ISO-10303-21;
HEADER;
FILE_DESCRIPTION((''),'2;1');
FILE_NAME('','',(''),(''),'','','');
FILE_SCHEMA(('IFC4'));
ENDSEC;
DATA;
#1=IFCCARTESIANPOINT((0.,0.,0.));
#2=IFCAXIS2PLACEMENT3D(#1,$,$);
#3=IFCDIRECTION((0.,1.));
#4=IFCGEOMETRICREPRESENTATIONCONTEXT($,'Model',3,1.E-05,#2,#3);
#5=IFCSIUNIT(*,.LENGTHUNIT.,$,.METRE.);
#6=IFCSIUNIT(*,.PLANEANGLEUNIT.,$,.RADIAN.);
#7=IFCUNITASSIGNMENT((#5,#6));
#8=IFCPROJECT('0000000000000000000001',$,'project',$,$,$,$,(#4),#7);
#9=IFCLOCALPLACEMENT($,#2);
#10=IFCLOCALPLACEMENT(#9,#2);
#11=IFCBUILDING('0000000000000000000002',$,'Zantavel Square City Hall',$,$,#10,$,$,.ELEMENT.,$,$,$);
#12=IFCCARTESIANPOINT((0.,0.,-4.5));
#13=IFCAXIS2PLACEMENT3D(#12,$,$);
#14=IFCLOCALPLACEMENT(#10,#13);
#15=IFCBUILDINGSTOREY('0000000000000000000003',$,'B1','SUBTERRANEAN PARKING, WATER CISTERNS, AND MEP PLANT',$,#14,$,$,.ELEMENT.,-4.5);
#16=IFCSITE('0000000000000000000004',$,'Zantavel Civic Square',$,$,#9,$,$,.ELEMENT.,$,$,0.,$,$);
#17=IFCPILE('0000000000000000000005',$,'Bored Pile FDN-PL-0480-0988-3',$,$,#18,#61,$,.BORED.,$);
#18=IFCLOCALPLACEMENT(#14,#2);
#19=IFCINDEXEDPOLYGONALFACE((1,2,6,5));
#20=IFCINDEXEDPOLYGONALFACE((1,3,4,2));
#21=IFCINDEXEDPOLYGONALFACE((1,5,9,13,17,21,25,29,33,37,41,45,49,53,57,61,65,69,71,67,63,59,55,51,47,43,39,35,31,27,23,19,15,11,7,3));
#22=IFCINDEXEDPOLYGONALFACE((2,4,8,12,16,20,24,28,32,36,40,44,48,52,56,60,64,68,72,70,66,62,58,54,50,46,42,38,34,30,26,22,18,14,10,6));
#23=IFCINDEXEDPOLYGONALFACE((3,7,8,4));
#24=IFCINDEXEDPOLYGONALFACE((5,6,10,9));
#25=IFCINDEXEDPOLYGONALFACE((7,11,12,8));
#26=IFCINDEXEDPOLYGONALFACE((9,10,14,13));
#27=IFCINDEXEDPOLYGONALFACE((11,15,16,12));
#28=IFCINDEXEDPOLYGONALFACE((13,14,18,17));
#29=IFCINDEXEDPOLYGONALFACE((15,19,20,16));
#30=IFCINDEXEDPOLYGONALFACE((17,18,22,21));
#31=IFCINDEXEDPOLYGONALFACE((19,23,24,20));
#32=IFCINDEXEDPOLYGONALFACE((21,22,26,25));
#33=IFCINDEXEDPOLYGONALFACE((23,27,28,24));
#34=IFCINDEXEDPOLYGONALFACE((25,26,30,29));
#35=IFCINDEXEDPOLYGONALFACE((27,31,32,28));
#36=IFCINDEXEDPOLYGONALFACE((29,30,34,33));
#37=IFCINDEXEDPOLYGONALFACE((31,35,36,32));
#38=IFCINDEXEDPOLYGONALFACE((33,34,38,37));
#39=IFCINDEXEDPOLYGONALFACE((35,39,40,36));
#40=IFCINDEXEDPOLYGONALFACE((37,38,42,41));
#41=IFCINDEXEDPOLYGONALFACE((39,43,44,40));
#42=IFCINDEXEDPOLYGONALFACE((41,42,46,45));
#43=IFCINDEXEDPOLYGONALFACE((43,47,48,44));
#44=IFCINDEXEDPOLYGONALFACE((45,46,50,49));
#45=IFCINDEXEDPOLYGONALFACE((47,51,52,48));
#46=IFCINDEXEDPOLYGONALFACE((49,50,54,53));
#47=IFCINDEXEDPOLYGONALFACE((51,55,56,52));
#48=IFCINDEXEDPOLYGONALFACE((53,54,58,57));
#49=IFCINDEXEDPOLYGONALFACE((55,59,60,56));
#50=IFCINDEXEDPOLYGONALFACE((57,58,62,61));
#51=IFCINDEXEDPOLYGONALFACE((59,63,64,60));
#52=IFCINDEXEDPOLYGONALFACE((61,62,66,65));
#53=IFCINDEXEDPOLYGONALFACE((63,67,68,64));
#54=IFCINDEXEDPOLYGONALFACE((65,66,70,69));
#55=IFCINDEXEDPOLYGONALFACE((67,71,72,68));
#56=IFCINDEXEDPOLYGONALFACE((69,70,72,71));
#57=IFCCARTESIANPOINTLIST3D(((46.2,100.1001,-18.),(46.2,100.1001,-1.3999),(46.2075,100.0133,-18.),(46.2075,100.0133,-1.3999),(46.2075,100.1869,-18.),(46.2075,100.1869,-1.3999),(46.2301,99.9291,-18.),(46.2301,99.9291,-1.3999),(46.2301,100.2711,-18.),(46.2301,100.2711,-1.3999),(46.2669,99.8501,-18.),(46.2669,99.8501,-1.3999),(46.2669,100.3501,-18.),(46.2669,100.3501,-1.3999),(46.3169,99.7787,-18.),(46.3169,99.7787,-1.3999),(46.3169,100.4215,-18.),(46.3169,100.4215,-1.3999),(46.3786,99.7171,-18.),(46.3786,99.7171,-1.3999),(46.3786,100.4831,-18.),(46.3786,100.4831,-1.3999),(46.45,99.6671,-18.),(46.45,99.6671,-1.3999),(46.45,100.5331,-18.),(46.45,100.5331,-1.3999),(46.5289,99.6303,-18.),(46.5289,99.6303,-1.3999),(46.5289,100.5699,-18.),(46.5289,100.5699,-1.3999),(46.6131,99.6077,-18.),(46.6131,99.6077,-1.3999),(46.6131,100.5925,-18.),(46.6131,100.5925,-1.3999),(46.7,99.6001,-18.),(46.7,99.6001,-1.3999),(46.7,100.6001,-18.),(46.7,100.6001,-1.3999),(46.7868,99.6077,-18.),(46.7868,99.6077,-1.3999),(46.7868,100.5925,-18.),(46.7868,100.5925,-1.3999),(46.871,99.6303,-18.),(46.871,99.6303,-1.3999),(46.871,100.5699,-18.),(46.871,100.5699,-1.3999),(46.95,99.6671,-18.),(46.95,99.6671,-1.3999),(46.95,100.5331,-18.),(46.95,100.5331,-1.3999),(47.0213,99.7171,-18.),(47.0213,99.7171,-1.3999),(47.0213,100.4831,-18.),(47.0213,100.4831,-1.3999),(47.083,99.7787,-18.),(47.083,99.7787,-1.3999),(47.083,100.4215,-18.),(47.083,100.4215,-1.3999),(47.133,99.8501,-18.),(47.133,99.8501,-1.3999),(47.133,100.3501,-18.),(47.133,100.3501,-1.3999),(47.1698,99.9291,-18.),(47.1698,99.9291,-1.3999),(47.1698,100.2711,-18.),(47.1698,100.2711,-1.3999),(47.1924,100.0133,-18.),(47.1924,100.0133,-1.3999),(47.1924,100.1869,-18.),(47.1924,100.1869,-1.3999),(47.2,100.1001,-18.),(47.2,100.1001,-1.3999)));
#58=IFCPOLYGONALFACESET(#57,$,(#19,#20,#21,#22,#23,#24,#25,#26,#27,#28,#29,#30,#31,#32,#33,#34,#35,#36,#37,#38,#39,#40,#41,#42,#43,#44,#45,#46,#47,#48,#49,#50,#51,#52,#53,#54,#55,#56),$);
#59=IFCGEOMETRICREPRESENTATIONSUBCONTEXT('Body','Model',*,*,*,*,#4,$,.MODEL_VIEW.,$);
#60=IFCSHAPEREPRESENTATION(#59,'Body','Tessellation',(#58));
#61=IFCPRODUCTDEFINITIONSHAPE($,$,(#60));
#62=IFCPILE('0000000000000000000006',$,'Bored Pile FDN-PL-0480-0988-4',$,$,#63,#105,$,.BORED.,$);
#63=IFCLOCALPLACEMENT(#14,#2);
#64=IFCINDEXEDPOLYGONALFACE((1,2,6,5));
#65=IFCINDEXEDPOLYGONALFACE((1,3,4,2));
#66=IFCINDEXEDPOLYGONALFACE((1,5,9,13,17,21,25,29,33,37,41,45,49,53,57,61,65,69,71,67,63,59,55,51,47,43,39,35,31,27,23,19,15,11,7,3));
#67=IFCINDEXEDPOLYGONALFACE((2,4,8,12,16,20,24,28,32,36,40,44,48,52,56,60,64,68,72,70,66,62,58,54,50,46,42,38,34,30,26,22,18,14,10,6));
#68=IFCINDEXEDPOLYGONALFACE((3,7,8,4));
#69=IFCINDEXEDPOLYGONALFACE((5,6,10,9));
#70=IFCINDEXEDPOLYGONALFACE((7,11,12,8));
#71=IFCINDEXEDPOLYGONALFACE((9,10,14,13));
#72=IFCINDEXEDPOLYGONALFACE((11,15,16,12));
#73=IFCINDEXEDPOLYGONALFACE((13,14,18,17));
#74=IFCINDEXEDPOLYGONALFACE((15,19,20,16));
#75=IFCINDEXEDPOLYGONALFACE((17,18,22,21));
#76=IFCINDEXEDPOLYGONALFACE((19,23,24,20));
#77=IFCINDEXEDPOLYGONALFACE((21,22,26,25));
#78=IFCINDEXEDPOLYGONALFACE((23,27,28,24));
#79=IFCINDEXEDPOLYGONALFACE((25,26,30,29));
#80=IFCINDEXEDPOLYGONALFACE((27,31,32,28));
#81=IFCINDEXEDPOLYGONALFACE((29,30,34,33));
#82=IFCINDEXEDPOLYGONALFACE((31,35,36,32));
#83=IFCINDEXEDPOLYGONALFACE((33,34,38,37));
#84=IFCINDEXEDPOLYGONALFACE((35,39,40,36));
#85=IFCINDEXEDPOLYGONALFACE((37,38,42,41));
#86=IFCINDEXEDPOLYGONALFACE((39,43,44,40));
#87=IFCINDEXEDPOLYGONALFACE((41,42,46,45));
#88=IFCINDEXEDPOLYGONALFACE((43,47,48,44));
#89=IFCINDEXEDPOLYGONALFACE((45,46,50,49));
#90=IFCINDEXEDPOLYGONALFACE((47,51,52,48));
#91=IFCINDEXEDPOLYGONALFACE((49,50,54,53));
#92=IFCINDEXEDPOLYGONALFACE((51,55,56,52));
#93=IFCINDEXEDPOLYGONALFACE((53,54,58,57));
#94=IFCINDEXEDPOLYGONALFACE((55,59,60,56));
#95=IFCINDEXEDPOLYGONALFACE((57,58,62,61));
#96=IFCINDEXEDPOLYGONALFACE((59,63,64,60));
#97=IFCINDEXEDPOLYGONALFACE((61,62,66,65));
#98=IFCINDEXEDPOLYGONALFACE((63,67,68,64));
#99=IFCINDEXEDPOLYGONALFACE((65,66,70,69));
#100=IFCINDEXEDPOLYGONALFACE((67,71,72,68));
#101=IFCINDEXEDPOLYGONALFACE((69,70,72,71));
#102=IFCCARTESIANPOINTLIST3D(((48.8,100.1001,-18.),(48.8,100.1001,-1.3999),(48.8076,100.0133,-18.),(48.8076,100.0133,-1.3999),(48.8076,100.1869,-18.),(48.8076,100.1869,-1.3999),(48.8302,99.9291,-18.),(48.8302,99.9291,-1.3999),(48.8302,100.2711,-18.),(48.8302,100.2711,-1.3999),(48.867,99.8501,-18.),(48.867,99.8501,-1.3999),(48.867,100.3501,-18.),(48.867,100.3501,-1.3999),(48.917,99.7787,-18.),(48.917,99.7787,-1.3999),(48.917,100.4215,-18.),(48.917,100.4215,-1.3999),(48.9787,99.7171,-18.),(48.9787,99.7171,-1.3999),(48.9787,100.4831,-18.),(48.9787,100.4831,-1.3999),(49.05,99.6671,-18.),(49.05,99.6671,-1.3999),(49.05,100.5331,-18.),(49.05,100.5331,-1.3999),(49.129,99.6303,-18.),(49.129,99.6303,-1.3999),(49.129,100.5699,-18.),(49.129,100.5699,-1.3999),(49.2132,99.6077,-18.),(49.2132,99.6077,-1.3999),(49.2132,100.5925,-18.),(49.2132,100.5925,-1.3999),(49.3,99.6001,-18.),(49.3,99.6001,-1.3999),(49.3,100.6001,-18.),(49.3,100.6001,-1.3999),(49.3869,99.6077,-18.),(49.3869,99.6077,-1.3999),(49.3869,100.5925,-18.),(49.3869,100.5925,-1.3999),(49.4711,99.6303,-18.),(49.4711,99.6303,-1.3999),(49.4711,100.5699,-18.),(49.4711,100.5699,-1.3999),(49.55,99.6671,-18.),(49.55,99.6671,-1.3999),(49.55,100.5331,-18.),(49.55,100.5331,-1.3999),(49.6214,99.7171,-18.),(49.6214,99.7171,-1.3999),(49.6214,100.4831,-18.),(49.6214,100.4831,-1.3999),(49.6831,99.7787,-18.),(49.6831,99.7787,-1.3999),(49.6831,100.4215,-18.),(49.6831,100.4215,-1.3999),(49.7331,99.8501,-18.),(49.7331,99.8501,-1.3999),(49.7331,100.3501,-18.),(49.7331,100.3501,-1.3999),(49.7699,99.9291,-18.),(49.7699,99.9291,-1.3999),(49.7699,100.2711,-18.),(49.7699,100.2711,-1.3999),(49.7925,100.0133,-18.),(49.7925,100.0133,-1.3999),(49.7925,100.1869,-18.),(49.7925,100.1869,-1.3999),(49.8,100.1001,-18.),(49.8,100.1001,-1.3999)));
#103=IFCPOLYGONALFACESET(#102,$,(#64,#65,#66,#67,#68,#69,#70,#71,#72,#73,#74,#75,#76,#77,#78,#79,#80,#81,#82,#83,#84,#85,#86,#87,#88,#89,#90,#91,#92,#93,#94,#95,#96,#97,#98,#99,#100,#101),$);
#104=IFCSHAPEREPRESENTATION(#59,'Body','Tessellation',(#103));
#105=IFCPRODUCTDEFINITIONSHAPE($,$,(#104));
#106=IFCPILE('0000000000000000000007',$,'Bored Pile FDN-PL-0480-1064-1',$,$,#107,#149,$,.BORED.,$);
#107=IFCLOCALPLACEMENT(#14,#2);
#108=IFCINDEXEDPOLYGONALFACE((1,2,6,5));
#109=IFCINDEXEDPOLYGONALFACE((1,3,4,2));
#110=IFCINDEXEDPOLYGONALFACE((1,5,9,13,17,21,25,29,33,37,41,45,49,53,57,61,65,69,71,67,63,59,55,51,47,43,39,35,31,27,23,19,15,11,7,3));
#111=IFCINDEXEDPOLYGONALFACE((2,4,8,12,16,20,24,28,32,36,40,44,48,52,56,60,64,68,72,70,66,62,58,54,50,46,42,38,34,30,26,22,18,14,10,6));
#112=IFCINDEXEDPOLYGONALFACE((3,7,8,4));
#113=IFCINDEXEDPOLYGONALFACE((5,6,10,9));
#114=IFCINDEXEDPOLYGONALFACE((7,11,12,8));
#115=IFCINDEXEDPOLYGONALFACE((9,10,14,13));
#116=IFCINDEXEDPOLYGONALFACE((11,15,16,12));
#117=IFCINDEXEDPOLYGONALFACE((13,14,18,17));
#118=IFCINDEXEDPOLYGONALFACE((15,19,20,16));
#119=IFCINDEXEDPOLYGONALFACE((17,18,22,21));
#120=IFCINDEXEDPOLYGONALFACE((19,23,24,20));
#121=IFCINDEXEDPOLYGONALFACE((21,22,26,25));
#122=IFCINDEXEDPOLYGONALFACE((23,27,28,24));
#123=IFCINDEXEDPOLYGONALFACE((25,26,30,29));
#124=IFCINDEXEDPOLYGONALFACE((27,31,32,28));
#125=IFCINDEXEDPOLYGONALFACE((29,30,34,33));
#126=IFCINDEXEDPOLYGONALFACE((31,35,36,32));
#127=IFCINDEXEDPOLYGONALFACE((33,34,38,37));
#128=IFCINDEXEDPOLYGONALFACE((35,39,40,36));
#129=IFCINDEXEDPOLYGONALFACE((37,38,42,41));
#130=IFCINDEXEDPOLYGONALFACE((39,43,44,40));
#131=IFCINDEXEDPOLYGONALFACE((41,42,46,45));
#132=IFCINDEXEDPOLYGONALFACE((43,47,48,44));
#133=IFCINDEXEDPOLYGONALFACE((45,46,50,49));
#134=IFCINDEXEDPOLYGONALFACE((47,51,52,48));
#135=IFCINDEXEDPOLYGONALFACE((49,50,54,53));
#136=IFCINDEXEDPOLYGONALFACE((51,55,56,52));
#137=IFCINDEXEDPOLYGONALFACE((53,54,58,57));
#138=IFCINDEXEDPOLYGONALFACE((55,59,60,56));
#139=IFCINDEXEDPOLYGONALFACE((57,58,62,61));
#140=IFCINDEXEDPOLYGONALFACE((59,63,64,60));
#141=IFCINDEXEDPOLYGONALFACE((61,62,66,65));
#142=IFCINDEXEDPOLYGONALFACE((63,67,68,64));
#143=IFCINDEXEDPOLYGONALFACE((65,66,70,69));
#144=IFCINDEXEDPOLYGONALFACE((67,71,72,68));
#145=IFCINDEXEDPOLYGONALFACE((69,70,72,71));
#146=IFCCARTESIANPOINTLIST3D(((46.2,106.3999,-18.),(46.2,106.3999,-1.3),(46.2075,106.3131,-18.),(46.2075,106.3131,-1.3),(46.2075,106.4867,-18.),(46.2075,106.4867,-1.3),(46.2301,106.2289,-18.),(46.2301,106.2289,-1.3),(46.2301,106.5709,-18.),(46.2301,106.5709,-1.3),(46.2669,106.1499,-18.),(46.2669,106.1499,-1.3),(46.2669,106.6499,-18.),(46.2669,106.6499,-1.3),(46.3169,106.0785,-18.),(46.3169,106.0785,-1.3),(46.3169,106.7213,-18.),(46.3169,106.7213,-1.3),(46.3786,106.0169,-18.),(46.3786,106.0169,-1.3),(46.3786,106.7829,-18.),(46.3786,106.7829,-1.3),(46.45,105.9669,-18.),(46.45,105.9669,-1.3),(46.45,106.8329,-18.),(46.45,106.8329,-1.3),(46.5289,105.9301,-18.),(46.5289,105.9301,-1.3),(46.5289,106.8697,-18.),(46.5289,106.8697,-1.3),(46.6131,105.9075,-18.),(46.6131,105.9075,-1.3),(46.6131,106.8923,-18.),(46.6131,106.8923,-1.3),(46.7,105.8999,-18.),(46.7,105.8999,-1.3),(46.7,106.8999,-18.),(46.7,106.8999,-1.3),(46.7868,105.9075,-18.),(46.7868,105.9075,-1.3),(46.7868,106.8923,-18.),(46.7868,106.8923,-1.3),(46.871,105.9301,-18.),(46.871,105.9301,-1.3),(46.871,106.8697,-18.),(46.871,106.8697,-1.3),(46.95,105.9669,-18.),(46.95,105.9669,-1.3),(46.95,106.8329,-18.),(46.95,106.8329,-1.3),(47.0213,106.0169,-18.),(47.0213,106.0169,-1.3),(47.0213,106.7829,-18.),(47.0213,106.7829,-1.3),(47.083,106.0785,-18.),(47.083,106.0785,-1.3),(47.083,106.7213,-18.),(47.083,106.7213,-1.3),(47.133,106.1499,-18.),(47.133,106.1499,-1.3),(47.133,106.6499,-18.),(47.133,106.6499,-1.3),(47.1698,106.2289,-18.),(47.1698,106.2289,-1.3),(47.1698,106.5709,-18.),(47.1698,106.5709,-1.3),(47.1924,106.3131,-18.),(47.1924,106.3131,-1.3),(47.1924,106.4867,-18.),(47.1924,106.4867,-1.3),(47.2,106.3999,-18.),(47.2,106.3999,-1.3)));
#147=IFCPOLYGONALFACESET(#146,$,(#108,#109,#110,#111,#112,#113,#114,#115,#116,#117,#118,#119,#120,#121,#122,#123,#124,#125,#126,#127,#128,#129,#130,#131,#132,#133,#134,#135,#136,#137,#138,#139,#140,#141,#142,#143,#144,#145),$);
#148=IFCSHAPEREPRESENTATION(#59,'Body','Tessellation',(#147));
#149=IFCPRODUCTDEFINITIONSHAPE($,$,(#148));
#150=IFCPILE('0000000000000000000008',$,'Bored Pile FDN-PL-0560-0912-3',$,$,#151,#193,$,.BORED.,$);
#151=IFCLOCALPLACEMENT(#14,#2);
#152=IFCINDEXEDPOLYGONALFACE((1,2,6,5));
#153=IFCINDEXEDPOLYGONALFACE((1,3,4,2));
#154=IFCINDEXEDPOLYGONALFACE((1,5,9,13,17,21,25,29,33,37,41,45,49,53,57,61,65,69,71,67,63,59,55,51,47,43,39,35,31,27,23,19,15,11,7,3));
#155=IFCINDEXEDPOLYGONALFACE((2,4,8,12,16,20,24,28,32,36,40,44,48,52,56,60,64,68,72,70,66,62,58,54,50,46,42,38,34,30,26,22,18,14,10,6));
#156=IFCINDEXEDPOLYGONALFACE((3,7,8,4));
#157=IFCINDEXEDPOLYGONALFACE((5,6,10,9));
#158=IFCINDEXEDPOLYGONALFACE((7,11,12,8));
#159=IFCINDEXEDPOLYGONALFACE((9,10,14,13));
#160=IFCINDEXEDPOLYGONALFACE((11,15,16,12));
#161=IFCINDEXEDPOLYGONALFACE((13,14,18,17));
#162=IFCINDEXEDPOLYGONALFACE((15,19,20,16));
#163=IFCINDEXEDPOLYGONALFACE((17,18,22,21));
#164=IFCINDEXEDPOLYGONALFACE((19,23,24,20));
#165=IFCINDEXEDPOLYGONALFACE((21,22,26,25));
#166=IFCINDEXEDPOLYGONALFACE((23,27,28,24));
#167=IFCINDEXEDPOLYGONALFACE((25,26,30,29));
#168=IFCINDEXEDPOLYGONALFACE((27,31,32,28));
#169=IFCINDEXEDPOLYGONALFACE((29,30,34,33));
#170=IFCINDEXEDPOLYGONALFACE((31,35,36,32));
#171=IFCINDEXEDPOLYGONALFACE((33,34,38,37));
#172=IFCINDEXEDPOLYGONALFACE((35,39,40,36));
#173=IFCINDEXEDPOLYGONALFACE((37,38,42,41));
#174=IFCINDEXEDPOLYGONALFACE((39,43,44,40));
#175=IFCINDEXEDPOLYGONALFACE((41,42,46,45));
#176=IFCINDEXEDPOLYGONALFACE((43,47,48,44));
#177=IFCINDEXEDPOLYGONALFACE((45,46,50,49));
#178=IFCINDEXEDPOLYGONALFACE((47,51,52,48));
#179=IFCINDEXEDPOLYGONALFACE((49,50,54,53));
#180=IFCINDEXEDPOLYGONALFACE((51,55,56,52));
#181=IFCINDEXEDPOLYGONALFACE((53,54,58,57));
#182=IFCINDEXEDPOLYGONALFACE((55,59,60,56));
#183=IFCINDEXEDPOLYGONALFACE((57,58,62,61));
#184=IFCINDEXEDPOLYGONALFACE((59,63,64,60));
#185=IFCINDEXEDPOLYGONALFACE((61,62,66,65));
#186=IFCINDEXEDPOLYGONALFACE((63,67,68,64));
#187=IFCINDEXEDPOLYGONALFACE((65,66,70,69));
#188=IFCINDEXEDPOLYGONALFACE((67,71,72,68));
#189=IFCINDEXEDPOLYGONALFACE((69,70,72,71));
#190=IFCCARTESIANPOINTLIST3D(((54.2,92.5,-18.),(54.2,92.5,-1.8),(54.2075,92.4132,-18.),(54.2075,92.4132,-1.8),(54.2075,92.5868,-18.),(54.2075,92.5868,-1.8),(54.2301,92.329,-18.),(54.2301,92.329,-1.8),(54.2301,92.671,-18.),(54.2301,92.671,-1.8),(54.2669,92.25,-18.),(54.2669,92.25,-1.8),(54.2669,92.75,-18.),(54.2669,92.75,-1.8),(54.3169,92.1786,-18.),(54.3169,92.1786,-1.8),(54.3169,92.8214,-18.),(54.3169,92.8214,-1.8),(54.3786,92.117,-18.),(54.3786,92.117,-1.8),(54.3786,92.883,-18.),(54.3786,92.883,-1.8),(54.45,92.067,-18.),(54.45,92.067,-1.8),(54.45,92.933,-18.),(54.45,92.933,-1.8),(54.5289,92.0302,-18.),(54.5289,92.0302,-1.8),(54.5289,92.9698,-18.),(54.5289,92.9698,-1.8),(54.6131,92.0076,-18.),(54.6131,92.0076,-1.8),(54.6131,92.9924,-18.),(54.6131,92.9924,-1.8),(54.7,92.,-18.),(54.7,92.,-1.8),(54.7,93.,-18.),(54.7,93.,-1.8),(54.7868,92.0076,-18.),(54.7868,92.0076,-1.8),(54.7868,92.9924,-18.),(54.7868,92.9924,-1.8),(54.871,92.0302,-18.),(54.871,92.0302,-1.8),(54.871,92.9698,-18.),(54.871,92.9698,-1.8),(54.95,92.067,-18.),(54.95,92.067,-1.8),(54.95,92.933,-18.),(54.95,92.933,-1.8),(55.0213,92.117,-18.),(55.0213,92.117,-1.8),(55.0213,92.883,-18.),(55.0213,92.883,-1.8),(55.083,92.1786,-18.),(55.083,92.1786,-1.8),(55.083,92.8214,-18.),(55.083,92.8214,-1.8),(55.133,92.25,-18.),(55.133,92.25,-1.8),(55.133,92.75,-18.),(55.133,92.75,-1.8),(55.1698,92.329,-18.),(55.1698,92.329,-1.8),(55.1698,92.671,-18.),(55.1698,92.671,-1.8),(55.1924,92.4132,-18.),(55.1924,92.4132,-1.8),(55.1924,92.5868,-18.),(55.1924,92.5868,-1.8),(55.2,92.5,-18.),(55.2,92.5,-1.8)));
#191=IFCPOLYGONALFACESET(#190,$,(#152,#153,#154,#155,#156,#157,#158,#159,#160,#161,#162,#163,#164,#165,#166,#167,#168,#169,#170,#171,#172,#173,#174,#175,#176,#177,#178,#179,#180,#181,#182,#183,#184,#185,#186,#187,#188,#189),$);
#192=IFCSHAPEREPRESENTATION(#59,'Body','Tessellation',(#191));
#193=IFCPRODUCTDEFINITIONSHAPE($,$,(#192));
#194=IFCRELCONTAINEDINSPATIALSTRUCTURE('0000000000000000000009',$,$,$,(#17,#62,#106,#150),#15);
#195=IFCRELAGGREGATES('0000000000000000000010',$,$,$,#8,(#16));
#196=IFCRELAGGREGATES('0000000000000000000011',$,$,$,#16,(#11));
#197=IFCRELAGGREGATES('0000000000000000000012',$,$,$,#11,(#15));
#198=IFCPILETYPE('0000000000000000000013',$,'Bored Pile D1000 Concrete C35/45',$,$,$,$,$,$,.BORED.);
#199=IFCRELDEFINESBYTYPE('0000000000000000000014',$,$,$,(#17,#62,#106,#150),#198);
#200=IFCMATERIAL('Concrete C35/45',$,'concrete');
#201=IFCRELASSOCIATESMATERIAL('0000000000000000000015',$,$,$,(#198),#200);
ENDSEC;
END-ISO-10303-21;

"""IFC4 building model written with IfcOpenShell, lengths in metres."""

from ifc_helpers import new_model, si_unit, direction, frame, origin, origin_2d, place, context, subcontext, project, spatial, circle, extrude, material, material_profile, profile_set, type_object, element, save


model = new_model("IFC4")

# Units and contexts
model_context = context("Model", 3, precision=1e-05, world=origin(), true_north=direction((0.0, 1.0)))
body_context = subcontext(model_context, "Body", "Model", "MODEL_VIEW")
ifc_project = project(units=[si_unit("LENGTHUNIT", "METRE"), si_unit("PLANEANGLEUNIT", "RADIAN")], contexts=[model_context])

# Site, building, storey
site_placement = place(None, origin())
site = spatial("IfcSite", under=ifc_project, at=site_placement, Name="Zantavel Civic Square", CompositionType="ELEMENT", RefElevation=0.0)
building_placement = place(site_placement, origin())
building = spatial("IfcBuilding", under=site, at=building_placement, Name="Zantavel Square City Hall", CompositionType="ELEMENT")
storey_placement = place(building_placement, frame((0.0, 0.0, -4.5)))
storey = spatial("IfcBuildingStorey", under=building, at=storey_placement, Name="B1", Description="SUBTERRANEAN PARKING, WATER CISTERNS, AND MEP PLANT", CompositionType="ELEMENT", Elevation=-4.5)

# Piles
ifc_material_1 = material(Name="Concrete C35/45", Category="concrete")
ifc_material_profile_1 = material_profile(ifc_material_1, circle(Radius=0.5, at=origin_2d()), Name="PILE D1000")
ifc_profile_set_1 = profile_set([ifc_material_profile_1], Name="Concrete C35/45")
pile_type = type_object("IfcPileType", Name="Bored Pile D1000 Concrete C35/45", PredefinedType="BORED", material=ifc_profile_set_1)
for number, where, z_axis, x_axis, name in (
    (1, (46.7, 100.1001, -1.3999), (0.0, 0.0, -1.0), (1.0, 0.0, 0.0), "Bored Pile FDN-PL-0480-0988-3"),
    (2, (49.3, 100.1001, -1.3999), (0.0, 0.0, -1.0), (1.0, 0.0, 0.0), "Bored Pile FDN-PL-0480-0988-4"),
):
    element("IfcPile", number, at=place(storey_placement, frame(where, z_axis=z_axis, x_axis=x_axis)), inside=storey, type_object=pile_type, Name=name, PredefinedType="BORED", context=body_context, shape_type="SweptSolid", body=[
        extrude(circle(Radius=0.5, at=origin_2d()), origin(), (0.0, 0.0, 1.0), 16.6001),
    ])
pile_1_placement = place(storey_placement, frame((46.7, 106.3999, -1.3), z_axis=(0.0, 0.0, -1.0), x_axis=(1.0, 0.0, 0.0)))
element("IfcPile", 3, at=pile_1_placement, inside=storey, type_object=pile_type, Name="Bored Pile FDN-PL-0480-1064-1", PredefinedType="BORED", context=body_context, shape_type="SweptSolid", body=[
    extrude(circle(Radius=0.5, at=origin_2d()), origin(), (0.0, 0.0, 1.0), 16.7),
])
pile_2_placement = place(storey_placement, frame((54.7, 92.5, -1.8), z_axis=(0.0, 0.0, -1.0), x_axis=(1.0, 0.0, 0.0)))
element("IfcPile", 4, at=pile_2_placement, inside=storey, type_object=pile_type, Name="Bored Pile FDN-PL-0560-0912-3", PredefinedType="BORED", context=body_context, shape_type="SweptSolid", body=[
    extrude(circle(Radius=0.5, at=origin_2d()), origin(), (0.0, 0.0, 1.0), 16.2),
])

save(model, "model.ifc")
